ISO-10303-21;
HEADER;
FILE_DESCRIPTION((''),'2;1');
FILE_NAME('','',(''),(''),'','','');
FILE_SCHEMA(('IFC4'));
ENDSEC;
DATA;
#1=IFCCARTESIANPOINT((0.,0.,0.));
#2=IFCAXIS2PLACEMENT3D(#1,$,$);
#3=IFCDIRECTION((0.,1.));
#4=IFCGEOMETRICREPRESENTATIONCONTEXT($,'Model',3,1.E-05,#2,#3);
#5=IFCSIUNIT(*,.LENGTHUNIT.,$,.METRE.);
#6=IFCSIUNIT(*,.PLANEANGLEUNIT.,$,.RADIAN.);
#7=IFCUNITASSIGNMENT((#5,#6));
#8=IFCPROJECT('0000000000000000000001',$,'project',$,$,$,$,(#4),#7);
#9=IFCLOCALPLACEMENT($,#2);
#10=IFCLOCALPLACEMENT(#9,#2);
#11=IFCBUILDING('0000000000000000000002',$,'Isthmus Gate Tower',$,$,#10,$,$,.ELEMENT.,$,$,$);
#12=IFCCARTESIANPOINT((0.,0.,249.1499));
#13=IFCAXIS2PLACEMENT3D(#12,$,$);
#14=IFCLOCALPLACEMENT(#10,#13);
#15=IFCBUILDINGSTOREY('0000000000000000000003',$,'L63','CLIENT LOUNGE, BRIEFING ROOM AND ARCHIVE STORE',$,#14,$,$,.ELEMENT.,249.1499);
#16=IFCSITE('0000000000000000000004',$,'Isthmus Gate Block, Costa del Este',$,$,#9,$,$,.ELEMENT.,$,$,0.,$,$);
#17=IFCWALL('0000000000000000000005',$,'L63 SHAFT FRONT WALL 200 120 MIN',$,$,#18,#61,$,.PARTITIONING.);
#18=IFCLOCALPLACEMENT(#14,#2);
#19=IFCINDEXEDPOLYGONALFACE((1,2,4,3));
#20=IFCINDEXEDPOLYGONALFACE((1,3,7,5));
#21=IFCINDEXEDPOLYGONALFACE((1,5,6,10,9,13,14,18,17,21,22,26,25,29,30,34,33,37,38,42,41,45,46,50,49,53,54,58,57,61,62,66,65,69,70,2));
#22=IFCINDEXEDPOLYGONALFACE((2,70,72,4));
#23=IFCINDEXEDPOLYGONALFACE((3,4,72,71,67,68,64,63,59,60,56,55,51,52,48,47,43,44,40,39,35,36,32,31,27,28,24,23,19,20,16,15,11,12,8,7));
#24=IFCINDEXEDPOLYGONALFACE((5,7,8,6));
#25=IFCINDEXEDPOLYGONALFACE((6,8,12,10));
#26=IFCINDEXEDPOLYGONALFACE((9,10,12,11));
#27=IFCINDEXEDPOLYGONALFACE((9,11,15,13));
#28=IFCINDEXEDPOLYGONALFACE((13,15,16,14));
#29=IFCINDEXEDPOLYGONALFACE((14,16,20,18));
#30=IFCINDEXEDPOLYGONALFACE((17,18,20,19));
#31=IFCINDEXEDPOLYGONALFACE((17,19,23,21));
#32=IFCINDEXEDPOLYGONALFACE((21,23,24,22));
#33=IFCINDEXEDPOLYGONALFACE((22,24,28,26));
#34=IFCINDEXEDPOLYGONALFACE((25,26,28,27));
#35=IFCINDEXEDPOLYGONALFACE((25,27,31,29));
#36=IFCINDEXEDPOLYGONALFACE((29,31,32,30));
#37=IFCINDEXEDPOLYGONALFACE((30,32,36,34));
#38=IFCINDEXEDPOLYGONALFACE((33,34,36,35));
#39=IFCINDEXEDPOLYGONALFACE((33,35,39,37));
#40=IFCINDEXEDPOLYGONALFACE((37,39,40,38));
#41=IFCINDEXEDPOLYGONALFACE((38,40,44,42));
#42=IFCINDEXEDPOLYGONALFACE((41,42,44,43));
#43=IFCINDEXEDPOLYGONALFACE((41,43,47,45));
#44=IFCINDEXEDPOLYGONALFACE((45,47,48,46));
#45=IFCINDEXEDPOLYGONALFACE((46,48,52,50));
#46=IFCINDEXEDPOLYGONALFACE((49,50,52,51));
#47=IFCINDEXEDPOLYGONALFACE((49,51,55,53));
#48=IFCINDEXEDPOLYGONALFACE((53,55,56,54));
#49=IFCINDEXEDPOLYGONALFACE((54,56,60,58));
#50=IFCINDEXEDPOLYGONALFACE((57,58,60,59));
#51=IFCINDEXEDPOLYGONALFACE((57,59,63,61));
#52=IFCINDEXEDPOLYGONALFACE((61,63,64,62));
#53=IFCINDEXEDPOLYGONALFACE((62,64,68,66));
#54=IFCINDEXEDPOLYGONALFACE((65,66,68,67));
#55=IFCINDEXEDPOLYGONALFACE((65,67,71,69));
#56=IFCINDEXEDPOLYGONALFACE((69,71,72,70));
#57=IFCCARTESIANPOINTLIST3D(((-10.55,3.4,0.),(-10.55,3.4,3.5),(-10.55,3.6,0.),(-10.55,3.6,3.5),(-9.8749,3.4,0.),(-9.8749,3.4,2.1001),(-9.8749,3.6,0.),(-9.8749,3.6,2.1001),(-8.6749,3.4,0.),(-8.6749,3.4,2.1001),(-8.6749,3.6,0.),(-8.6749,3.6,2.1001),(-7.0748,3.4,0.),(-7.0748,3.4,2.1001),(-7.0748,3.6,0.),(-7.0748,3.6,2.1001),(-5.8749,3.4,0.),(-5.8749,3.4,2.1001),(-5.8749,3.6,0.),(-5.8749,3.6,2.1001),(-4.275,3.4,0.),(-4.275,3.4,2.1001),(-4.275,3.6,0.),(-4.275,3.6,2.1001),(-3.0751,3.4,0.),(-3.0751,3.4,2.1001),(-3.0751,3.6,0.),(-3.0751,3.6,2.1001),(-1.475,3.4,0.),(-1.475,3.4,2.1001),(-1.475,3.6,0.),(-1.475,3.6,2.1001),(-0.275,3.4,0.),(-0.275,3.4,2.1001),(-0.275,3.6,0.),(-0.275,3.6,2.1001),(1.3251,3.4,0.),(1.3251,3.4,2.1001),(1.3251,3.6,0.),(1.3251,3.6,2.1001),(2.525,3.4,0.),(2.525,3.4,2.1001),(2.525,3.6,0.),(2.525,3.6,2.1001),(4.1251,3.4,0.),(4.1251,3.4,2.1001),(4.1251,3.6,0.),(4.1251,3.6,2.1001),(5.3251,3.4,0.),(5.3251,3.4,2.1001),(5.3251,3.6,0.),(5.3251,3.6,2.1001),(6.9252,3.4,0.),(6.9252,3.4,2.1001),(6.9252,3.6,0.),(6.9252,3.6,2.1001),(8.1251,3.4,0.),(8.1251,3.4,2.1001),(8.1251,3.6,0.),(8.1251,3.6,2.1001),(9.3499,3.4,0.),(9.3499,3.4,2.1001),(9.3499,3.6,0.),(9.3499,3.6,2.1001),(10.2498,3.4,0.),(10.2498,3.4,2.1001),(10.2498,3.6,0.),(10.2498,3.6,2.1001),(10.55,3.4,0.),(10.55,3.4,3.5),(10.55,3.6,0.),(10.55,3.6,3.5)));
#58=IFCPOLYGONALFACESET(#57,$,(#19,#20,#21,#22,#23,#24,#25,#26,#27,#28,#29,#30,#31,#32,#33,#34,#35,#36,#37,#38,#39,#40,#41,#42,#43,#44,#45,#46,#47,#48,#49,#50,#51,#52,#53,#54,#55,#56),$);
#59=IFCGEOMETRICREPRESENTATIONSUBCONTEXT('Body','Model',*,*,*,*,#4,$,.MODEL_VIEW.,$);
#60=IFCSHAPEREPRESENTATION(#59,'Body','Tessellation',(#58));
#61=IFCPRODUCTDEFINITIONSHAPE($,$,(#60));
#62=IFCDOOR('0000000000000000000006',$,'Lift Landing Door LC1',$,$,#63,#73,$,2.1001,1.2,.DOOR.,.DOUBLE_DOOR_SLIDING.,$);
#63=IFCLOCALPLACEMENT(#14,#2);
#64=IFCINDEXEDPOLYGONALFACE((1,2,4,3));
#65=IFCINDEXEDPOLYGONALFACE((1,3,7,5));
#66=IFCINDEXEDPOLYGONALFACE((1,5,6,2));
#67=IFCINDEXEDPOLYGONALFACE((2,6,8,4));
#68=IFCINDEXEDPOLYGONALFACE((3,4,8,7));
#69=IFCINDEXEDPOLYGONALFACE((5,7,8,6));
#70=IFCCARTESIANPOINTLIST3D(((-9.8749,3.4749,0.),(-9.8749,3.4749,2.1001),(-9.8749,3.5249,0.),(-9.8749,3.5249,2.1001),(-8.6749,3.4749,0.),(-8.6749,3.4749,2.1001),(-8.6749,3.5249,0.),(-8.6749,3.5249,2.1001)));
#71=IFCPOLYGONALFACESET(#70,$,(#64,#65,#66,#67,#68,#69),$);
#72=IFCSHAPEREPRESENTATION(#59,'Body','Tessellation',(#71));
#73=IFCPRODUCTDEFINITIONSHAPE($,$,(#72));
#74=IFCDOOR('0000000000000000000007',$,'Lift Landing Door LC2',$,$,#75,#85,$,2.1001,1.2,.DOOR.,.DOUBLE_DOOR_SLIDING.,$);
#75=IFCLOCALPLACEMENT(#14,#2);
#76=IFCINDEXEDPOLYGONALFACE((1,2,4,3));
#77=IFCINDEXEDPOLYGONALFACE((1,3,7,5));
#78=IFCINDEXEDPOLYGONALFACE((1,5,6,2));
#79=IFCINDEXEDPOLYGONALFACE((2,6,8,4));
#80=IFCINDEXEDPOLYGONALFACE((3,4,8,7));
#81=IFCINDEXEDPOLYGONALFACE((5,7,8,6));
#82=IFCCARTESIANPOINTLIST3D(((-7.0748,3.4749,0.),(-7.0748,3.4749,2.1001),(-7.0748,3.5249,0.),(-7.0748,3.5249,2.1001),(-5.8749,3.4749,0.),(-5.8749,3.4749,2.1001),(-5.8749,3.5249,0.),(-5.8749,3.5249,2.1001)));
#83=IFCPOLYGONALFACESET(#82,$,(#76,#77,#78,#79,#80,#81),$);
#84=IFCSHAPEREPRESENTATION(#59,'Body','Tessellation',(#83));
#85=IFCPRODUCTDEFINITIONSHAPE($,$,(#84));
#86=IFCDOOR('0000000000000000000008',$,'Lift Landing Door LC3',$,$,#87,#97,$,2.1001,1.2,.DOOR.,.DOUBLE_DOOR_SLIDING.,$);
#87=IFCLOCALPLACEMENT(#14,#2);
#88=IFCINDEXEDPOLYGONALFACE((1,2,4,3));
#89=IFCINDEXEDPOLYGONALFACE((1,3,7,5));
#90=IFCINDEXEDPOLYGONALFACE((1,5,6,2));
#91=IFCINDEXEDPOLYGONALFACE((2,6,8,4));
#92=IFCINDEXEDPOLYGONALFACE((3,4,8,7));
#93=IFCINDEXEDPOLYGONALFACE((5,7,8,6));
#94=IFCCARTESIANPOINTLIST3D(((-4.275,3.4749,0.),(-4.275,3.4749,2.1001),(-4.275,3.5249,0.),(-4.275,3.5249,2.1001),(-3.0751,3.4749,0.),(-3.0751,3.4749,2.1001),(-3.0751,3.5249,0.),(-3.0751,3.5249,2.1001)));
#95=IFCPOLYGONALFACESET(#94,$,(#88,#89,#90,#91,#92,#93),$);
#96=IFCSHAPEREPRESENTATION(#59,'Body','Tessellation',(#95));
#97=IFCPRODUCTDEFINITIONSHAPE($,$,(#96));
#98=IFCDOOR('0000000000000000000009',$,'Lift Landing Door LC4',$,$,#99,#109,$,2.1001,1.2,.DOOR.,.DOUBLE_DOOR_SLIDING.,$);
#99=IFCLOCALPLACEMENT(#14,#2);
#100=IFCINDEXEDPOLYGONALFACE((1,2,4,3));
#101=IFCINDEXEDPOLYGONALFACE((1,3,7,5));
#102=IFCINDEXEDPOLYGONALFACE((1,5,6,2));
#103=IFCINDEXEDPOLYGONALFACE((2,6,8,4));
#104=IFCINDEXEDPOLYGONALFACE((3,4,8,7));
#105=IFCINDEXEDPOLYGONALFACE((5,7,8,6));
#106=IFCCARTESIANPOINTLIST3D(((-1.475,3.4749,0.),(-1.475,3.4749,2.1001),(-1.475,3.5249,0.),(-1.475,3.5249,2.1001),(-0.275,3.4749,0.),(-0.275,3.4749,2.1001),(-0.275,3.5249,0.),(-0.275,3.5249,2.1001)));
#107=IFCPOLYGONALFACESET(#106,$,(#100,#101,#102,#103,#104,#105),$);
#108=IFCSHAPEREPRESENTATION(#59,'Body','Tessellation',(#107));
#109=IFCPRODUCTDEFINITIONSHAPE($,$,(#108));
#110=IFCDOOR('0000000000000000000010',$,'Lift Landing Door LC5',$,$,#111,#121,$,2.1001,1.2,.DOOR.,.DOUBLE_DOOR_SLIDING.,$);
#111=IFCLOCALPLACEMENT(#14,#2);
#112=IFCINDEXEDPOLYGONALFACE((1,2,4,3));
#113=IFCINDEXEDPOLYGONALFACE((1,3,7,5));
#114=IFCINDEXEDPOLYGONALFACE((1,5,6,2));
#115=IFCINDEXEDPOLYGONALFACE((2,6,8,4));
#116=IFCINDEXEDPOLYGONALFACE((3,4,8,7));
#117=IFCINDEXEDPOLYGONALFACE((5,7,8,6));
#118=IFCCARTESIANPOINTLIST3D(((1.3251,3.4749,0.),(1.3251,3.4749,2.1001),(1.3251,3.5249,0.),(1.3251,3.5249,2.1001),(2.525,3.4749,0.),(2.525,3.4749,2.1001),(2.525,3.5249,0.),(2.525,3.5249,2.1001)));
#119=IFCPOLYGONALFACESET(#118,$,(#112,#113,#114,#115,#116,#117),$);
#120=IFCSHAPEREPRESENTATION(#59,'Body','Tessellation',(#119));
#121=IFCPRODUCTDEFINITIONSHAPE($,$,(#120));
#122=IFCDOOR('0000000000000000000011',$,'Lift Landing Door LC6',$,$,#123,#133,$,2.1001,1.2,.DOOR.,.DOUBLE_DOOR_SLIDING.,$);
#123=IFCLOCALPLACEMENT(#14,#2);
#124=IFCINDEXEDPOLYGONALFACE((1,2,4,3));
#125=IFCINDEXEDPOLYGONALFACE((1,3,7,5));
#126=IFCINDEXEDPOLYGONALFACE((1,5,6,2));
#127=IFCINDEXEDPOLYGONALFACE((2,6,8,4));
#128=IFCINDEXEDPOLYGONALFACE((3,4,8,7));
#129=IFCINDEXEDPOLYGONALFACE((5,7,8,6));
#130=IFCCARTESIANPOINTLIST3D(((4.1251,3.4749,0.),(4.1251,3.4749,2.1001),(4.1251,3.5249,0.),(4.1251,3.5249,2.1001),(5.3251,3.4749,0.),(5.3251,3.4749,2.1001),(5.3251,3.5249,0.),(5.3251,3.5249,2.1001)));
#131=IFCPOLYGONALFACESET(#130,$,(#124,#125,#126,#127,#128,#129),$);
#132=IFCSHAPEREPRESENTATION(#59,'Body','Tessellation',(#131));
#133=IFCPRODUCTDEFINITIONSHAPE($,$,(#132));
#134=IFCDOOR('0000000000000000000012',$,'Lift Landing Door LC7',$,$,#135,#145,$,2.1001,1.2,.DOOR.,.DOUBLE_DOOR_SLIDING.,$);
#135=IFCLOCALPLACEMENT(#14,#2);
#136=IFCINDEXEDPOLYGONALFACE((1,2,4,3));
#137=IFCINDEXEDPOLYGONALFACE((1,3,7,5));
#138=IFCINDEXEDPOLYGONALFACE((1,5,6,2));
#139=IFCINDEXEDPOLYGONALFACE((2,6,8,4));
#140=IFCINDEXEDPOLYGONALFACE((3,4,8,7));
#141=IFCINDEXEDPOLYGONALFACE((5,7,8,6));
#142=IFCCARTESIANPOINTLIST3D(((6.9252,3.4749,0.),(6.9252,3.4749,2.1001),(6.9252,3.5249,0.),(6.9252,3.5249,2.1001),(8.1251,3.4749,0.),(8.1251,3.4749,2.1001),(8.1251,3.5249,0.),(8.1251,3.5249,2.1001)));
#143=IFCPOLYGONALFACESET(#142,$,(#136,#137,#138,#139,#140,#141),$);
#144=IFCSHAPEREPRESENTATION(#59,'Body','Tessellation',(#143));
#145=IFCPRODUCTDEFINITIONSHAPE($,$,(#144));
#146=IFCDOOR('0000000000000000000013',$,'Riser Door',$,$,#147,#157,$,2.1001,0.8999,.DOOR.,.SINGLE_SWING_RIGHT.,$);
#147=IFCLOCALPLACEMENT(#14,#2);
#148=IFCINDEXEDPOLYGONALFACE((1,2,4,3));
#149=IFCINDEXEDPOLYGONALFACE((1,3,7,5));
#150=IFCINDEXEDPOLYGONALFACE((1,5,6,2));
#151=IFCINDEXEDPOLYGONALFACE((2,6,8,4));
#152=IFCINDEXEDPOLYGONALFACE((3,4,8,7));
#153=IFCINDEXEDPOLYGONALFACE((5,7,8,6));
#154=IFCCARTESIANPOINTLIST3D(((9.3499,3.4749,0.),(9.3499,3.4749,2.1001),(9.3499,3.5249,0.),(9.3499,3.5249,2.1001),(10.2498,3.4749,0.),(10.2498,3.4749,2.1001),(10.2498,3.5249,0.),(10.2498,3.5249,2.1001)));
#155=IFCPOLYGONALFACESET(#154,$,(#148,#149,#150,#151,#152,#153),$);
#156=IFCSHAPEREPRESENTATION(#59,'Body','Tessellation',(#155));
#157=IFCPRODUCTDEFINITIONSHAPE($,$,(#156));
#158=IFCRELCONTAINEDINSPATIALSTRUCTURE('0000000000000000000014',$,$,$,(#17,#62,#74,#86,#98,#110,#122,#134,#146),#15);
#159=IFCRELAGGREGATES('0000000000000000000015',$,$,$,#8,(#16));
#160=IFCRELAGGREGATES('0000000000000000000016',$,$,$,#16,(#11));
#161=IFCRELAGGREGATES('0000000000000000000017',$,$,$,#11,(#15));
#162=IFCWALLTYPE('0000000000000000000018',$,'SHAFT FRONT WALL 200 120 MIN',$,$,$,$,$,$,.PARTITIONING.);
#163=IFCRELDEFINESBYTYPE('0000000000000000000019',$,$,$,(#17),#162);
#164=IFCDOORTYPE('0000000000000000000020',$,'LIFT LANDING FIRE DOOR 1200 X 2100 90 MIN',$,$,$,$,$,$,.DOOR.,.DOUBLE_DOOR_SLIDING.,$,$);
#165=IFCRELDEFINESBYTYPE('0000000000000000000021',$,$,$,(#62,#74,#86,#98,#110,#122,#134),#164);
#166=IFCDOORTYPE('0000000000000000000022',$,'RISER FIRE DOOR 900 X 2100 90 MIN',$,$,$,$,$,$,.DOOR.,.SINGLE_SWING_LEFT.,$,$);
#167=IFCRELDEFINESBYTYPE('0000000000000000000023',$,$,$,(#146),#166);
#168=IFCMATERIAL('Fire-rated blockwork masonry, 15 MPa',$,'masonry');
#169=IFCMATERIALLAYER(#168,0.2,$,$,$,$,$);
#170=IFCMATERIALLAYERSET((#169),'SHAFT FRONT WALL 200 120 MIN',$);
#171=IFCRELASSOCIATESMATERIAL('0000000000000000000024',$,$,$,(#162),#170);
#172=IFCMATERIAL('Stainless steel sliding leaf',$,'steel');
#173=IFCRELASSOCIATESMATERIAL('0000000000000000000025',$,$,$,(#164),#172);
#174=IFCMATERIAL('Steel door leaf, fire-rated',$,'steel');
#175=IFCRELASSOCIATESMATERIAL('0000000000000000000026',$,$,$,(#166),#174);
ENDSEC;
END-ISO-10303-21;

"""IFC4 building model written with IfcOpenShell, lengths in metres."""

from ifc_helpers import new_model, si_unit, direction, frame, frame_2d, origin, place, context, subcontext, project, spatial, rectangle, extrude, material, layer, layer_set, type_object, element, fill, save


model = new_model("IFC4")

# Units and contexts
model_context = context("Model", 3, precision=1e-05, world=origin(), true_north=direction((0.0, 1.0)))
body_context = subcontext(model_context, "Body", "Model", "MODEL_VIEW")
ifc_project = project(units=[si_unit("LENGTHUNIT", "METRE"), si_unit("PLANEANGLEUNIT", "RADIAN")], contexts=[model_context])

# Site, building, storey
site_placement = place(None, origin())
site = spatial("IfcSite", under=ifc_project, at=site_placement, Name="Isthmus Gate Block, Costa del Este", CompositionType="ELEMENT", RefElevation=0.0)
building_placement = place(site_placement, origin())
building = spatial("IfcBuilding", under=site, at=building_placement, Name="Isthmus Gate Tower", CompositionType="ELEMENT")
storey_placement = place(building_placement, frame((0.0, 0.0, 249.1499)))
storey = spatial("IfcBuildingStorey", under=building, at=storey_placement, Name="L63", Description="CLIENT LOUNGE, BRIEFING ROOM AND ARCHIVE STORE", CompositionType="ELEMENT", Elevation=249.1499)

# Wall, openings, doors
ifc_material_1 = material(Name="Fire-rated blockwork masonry, 15 MPa", Category="masonry")
ifc_layer_1 = layer(ifc_material_1, 0.2)
ifc_layer_set_1 = layer_set([ifc_layer_1], Name="SHAFT FRONT WALL 200 120 MIN")
wall_type_1 = type_object("IfcWallType", Name="SHAFT FRONT WALL 200 120 MIN", PredefinedType="PARTITIONING", material=ifc_layer_set_1)
wall_1_placement = place(storey_placement, frame((-10.55, 3.5, 0.0), z_axis=(0.0, 0.0, 1.0), x_axis=(1.0, 0.0, 0.0)))
wall_1 = element("IfcWall", 1, at=wall_1_placement, inside=storey, type_object=wall_type_1, Name="L63 SHAFT FRONT WALL 200 120 MIN", PredefinedType="PARTITIONING", context=body_context, shape_type="SweptSolid", body=[
    extrude(rectangle(XDim=21.1001, YDim=0.2, at=frame_2d((10.55, 0.0))), origin(), (0.0, 0.0, 1.0), 3.5),
])
opening_1_placement = place(wall_1_placement, frame((0.675, 0.0, 0.0)))
opening_1 = element("IfcOpeningElement", 2, at=opening_1_placement, cuts=wall_1, PredefinedType="OPENING", context=body_context, shape_type="SweptSolid", body=[
    extrude(rectangle(XDim=1.2, YDim=2.1001, at=frame_2d((0.6001, 1.05))), frame((0.0, 0.1099, 0.0), z_axis=(0.0, -1.0, 0.0), x_axis=(1.0, 0.0, 0.0)), (0.0, 0.0, 1.0), 0.22),
])
opening_2_placement = place(wall_1_placement, frame((3.4751, 0.0, 0.0)))
opening_2 = element("IfcOpeningElement", 3, at=opening_2_placement, cuts=wall_1, PredefinedType="OPENING", context=body_context, shape_type="SweptSolid", body=[
    extrude(rectangle(XDim=1.2, YDim=2.1001, at=frame_2d((0.6001, 1.05))), frame((0.0, 0.1099, 0.0), z_axis=(0.0, -1.0, 0.0), x_axis=(1.0, 0.0, 0.0)), (0.0, 0.0, 1.0), 0.22),
])
opening_3_placement = place(wall_1_placement, frame((6.2749, 0.0, 0.0)))
opening_3 = element("IfcOpeningElement", 4, at=opening_3_placement, cuts=wall_1, PredefinedType="OPENING", context=body_context, shape_type="SweptSolid", body=[
    extrude(rectangle(XDim=1.2, YDim=2.1001, at=frame_2d((0.6001, 1.05))), frame((0.0, 0.1099, 0.0), z_axis=(0.0, -1.0, 0.0), x_axis=(1.0, 0.0, 0.0)), (0.0, 0.0, 1.0), 0.22),
])
opening_4_placement = place(wall_1_placement, frame((9.075, 0.0, 0.0)))
opening_4 = element("IfcOpeningElement", 5, at=opening_4_placement, cuts=wall_1, PredefinedType="OPENING", context=body_context, shape_type="SweptSolid", body=[
    extrude(rectangle(XDim=1.2, YDim=2.1001, at=frame_2d((0.6001, 1.05))), frame((0.0, 0.1099, 0.0), z_axis=(0.0, -1.0, 0.0), x_axis=(1.0, 0.0, 0.0)), (0.0, 0.0, 1.0), 0.22),
])
opening_5_placement = place(wall_1_placement, frame((11.875, 0.0, 0.0)))
opening_5 = element("IfcOpeningElement", 6, at=opening_5_placement, cuts=wall_1, PredefinedType="OPENING", context=body_context, shape_type="SweptSolid", body=[
    extrude(rectangle(XDim=1.2, YDim=2.1001, at=frame_2d((0.6001, 1.05))), frame((0.0, 0.1099, 0.0), z_axis=(0.0, -1.0, 0.0), x_axis=(1.0, 0.0, 0.0)), (0.0, 0.0, 1.0), 0.22),
])
opening_6_placement = place(wall_1_placement, frame((14.675, 0.0, 0.0)))
opening_6 = element("IfcOpeningElement", 7, at=opening_6_placement, cuts=wall_1, PredefinedType="OPENING", context=body_context, shape_type="SweptSolid", body=[
    extrude(rectangle(XDim=1.2, YDim=2.1001, at=frame_2d((0.6001, 1.05))), frame((0.0, 0.1099, 0.0), z_axis=(0.0, -1.0, 0.0), x_axis=(1.0, 0.0, 0.0)), (0.0, 0.0, 1.0), 0.22),
])
opening_7_placement = place(wall_1_placement, frame((17.4751, 0.0, 0.0)))
opening_7 = element("IfcOpeningElement", 8, at=opening_7_placement, cuts=wall_1, PredefinedType="OPENING", context=body_context, shape_type="SweptSolid", body=[
    extrude(rectangle(XDim=1.2, YDim=2.1001, at=frame_2d((0.6001, 1.05))), frame((0.0, 0.1099, 0.0), z_axis=(0.0, -1.0, 0.0), x_axis=(1.0, 0.0, 0.0)), (0.0, 0.0, 1.0), 0.22),
])
opening_8_placement = place(wall_1_placement, frame((19.8999, 0.0, 0.0)))
opening_8 = element("IfcOpeningElement", 9, at=opening_8_placement, cuts=wall_1, PredefinedType="OPENING", context=body_context, shape_type="SweptSolid", body=[
    extrude(rectangle(XDim=0.8999, YDim=2.1001, at=frame_2d((0.45, 1.05))), frame((0.0, 0.1099, 0.0), z_axis=(0.0, -1.0, 0.0), x_axis=(1.0, 0.0, 0.0)), (0.0, 0.0, 1.0), 0.22),
])
ifc_material_2 = material(Name="Stainless steel sliding leaf", Category="steel")
door_type_1 = type_object("IfcDoorType", Name="LIFT LANDING FIRE DOOR 1200 X 2100 90 MIN", OperationType="DOUBLE_DOOR_SLIDING", PredefinedType="DOOR", material=ifc_material_2)
door_1_placement = place(opening_1_placement, origin())
door_1 = element("IfcDoor", 10, at=door_1_placement, inside=storey, type_object=door_type_1, Name="Lift Landing Door LC1", OperationType="DOUBLE_DOOR_SLIDING", OverallHeight=2.1001, OverallWidth=1.2, PredefinedType="DOOR", context=body_context, shape_type="SweptSolid", body=[
    extrude(rectangle(XDim=1.2, YDim=2.1001, at=frame_2d((0.6001, 1.05))), frame((0.0, 0.0249, 0.0), z_axis=(0.0, -1.0, 0.0), x_axis=(1.0, 0.0, 0.0)), (0.0, 0.0, 1.0), 0.05),
])
fill(opening_1, door_1)
door_2_placement = place(opening_2_placement, origin())
door_2 = element("IfcDoor", 11, at=door_2_placement, inside=storey, type_object=door_type_1, Name="Lift Landing Door LC2", OperationType="DOUBLE_DOOR_SLIDING", OverallHeight=2.1001, OverallWidth=1.2, PredefinedType="DOOR", context=body_context, shape_type="SweptSolid", body=[
    extrude(rectangle(XDim=1.2, YDim=2.1001, at=frame_2d((0.6001, 1.05))), frame((0.0, 0.0249, 0.0), z_axis=(0.0, -1.0, 0.0), x_axis=(1.0, 0.0, 0.0)), (0.0, 0.0, 1.0), 0.05),
])
fill(opening_2, door_2)
door_3_placement = place(opening_3_placement, origin())
door_3 = element("IfcDoor", 12, at=door_3_placement, inside=storey, type_object=door_type_1, Name="Lift Landing Door LC3", OperationType="DOUBLE_DOOR_SLIDING", OverallHeight=2.1001, OverallWidth=1.2, PredefinedType="DOOR", context=body_context, shape_type="SweptSolid", body=[
    extrude(rectangle(XDim=1.2, YDim=2.1001, at=frame_2d((0.6001, 1.05))), frame((0.0, 0.0249, 0.0), z_axis=(0.0, -1.0, 0.0), x_axis=(1.0, 0.0, 0.0)), (0.0, 0.0, 1.0), 0.05),
])
fill(opening_3, door_3)
door_4_placement = place(opening_4_placement, origin())
door_4 = element("IfcDoor", 13, at=door_4_placement, inside=storey, type_object=door_type_1, Name="Lift Landing Door LC4", OperationType="DOUBLE_DOOR_SLIDING", OverallHeight=2.1001, OverallWidth=1.2, PredefinedType="DOOR", context=body_context, shape_type="SweptSolid", body=[
    extrude(rectangle(XDim=1.2, YDim=2.1001, at=frame_2d((0.6001, 1.05))), frame((0.0, 0.0249, 0.0), z_axis=(0.0, -1.0, 0.0), x_axis=(1.0, 0.0, 0.0)), (0.0, 0.0, 1.0), 0.05),
])
fill(opening_4, door_4)
door_5_placement = place(opening_5_placement, origin())
door_5 = element("IfcDoor", 14, at=door_5_placement, inside=storey, type_object=door_type_1, Name="Lift Landing Door LC5", OperationType="DOUBLE_DOOR_SLIDING", OverallHeight=2.1001, OverallWidth=1.2, PredefinedType="DOOR", context=body_context, shape_type="SweptSolid", body=[
    extrude(rectangle(XDim=1.2, YDim=2.1001, at=frame_2d((0.6001, 1.05))), frame((0.0, 0.0249, 0.0), z_axis=(0.0, -1.0, 0.0), x_axis=(1.0, 0.0, 0.0)), (0.0, 0.0, 1.0), 0.05),
])
fill(opening_5, door_5)
door_6_placement = place(opening_6_placement, origin())
door_6 = element("IfcDoor", 15, at=door_6_placement, inside=storey, type_object=door_type_1, Name="Lift Landing Door LC6", OperationType="DOUBLE_DOOR_SLIDING", OverallHeight=2.1001, OverallWidth=1.2, PredefinedType="DOOR", context=body_context, shape_type="SweptSolid", body=[
    extrude(rectangle(XDim=1.2, YDim=2.1001, at=frame_2d((0.6001, 1.05))), frame((0.0, 0.0249, 0.0), z_axis=(0.0, -1.0, 0.0), x_axis=(1.0, 0.0, 0.0)), (0.0, 0.0, 1.0), 0.05),
])
fill(opening_6, door_6)
door_7_placement = place(opening_7_placement, origin())
door_7 = element("IfcDoor", 16, at=door_7_placement, inside=storey, type_object=door_type_1, Name="Lift Landing Door LC7", OperationType="DOUBLE_DOOR_SLIDING", OverallHeight=2.1001, OverallWidth=1.2, PredefinedType="DOOR", context=body_context, shape_type="SweptSolid", body=[
    extrude(rectangle(XDim=1.2, YDim=2.1001, at=frame_2d((0.6001, 1.05))), frame((0.0, 0.0249, 0.0), z_axis=(0.0, -1.0, 0.0), x_axis=(1.0, 0.0, 0.0)), (0.0, 0.0, 1.0), 0.05),
])
fill(opening_7, door_7)
ifc_material_3 = material(Name="Steel door leaf, fire-rated", Category="steel")
door_type_2 = type_object("IfcDoorType", Name="RISER FIRE DOOR 900 X 2100 90 MIN", OperationType="SINGLE_SWING_LEFT", PredefinedType="DOOR", material=ifc_material_3)
door_8_placement = place(opening_8_placement, origin())
door_8 = element("IfcDoor", 17, at=door_8_placement, inside=storey, type_object=door_type_2, Name="Riser Door", OperationType="SINGLE_SWING_RIGHT", OverallHeight=2.1001, OverallWidth=0.8999, PredefinedType="DOOR", context=body_context, shape_type="SweptSolid", body=[
    extrude(rectangle(XDim=0.8999, YDim=2.1001, at=frame_2d((0.45, 1.05))), frame((0.0, 0.0249, 0.0), z_axis=(0.0, -1.0, 0.0), x_axis=(1.0, 0.0, 0.0)), (0.0, 0.0, 1.0), 0.05),
])
fill(opening_8, door_8)

save(model, "model.ifc")
